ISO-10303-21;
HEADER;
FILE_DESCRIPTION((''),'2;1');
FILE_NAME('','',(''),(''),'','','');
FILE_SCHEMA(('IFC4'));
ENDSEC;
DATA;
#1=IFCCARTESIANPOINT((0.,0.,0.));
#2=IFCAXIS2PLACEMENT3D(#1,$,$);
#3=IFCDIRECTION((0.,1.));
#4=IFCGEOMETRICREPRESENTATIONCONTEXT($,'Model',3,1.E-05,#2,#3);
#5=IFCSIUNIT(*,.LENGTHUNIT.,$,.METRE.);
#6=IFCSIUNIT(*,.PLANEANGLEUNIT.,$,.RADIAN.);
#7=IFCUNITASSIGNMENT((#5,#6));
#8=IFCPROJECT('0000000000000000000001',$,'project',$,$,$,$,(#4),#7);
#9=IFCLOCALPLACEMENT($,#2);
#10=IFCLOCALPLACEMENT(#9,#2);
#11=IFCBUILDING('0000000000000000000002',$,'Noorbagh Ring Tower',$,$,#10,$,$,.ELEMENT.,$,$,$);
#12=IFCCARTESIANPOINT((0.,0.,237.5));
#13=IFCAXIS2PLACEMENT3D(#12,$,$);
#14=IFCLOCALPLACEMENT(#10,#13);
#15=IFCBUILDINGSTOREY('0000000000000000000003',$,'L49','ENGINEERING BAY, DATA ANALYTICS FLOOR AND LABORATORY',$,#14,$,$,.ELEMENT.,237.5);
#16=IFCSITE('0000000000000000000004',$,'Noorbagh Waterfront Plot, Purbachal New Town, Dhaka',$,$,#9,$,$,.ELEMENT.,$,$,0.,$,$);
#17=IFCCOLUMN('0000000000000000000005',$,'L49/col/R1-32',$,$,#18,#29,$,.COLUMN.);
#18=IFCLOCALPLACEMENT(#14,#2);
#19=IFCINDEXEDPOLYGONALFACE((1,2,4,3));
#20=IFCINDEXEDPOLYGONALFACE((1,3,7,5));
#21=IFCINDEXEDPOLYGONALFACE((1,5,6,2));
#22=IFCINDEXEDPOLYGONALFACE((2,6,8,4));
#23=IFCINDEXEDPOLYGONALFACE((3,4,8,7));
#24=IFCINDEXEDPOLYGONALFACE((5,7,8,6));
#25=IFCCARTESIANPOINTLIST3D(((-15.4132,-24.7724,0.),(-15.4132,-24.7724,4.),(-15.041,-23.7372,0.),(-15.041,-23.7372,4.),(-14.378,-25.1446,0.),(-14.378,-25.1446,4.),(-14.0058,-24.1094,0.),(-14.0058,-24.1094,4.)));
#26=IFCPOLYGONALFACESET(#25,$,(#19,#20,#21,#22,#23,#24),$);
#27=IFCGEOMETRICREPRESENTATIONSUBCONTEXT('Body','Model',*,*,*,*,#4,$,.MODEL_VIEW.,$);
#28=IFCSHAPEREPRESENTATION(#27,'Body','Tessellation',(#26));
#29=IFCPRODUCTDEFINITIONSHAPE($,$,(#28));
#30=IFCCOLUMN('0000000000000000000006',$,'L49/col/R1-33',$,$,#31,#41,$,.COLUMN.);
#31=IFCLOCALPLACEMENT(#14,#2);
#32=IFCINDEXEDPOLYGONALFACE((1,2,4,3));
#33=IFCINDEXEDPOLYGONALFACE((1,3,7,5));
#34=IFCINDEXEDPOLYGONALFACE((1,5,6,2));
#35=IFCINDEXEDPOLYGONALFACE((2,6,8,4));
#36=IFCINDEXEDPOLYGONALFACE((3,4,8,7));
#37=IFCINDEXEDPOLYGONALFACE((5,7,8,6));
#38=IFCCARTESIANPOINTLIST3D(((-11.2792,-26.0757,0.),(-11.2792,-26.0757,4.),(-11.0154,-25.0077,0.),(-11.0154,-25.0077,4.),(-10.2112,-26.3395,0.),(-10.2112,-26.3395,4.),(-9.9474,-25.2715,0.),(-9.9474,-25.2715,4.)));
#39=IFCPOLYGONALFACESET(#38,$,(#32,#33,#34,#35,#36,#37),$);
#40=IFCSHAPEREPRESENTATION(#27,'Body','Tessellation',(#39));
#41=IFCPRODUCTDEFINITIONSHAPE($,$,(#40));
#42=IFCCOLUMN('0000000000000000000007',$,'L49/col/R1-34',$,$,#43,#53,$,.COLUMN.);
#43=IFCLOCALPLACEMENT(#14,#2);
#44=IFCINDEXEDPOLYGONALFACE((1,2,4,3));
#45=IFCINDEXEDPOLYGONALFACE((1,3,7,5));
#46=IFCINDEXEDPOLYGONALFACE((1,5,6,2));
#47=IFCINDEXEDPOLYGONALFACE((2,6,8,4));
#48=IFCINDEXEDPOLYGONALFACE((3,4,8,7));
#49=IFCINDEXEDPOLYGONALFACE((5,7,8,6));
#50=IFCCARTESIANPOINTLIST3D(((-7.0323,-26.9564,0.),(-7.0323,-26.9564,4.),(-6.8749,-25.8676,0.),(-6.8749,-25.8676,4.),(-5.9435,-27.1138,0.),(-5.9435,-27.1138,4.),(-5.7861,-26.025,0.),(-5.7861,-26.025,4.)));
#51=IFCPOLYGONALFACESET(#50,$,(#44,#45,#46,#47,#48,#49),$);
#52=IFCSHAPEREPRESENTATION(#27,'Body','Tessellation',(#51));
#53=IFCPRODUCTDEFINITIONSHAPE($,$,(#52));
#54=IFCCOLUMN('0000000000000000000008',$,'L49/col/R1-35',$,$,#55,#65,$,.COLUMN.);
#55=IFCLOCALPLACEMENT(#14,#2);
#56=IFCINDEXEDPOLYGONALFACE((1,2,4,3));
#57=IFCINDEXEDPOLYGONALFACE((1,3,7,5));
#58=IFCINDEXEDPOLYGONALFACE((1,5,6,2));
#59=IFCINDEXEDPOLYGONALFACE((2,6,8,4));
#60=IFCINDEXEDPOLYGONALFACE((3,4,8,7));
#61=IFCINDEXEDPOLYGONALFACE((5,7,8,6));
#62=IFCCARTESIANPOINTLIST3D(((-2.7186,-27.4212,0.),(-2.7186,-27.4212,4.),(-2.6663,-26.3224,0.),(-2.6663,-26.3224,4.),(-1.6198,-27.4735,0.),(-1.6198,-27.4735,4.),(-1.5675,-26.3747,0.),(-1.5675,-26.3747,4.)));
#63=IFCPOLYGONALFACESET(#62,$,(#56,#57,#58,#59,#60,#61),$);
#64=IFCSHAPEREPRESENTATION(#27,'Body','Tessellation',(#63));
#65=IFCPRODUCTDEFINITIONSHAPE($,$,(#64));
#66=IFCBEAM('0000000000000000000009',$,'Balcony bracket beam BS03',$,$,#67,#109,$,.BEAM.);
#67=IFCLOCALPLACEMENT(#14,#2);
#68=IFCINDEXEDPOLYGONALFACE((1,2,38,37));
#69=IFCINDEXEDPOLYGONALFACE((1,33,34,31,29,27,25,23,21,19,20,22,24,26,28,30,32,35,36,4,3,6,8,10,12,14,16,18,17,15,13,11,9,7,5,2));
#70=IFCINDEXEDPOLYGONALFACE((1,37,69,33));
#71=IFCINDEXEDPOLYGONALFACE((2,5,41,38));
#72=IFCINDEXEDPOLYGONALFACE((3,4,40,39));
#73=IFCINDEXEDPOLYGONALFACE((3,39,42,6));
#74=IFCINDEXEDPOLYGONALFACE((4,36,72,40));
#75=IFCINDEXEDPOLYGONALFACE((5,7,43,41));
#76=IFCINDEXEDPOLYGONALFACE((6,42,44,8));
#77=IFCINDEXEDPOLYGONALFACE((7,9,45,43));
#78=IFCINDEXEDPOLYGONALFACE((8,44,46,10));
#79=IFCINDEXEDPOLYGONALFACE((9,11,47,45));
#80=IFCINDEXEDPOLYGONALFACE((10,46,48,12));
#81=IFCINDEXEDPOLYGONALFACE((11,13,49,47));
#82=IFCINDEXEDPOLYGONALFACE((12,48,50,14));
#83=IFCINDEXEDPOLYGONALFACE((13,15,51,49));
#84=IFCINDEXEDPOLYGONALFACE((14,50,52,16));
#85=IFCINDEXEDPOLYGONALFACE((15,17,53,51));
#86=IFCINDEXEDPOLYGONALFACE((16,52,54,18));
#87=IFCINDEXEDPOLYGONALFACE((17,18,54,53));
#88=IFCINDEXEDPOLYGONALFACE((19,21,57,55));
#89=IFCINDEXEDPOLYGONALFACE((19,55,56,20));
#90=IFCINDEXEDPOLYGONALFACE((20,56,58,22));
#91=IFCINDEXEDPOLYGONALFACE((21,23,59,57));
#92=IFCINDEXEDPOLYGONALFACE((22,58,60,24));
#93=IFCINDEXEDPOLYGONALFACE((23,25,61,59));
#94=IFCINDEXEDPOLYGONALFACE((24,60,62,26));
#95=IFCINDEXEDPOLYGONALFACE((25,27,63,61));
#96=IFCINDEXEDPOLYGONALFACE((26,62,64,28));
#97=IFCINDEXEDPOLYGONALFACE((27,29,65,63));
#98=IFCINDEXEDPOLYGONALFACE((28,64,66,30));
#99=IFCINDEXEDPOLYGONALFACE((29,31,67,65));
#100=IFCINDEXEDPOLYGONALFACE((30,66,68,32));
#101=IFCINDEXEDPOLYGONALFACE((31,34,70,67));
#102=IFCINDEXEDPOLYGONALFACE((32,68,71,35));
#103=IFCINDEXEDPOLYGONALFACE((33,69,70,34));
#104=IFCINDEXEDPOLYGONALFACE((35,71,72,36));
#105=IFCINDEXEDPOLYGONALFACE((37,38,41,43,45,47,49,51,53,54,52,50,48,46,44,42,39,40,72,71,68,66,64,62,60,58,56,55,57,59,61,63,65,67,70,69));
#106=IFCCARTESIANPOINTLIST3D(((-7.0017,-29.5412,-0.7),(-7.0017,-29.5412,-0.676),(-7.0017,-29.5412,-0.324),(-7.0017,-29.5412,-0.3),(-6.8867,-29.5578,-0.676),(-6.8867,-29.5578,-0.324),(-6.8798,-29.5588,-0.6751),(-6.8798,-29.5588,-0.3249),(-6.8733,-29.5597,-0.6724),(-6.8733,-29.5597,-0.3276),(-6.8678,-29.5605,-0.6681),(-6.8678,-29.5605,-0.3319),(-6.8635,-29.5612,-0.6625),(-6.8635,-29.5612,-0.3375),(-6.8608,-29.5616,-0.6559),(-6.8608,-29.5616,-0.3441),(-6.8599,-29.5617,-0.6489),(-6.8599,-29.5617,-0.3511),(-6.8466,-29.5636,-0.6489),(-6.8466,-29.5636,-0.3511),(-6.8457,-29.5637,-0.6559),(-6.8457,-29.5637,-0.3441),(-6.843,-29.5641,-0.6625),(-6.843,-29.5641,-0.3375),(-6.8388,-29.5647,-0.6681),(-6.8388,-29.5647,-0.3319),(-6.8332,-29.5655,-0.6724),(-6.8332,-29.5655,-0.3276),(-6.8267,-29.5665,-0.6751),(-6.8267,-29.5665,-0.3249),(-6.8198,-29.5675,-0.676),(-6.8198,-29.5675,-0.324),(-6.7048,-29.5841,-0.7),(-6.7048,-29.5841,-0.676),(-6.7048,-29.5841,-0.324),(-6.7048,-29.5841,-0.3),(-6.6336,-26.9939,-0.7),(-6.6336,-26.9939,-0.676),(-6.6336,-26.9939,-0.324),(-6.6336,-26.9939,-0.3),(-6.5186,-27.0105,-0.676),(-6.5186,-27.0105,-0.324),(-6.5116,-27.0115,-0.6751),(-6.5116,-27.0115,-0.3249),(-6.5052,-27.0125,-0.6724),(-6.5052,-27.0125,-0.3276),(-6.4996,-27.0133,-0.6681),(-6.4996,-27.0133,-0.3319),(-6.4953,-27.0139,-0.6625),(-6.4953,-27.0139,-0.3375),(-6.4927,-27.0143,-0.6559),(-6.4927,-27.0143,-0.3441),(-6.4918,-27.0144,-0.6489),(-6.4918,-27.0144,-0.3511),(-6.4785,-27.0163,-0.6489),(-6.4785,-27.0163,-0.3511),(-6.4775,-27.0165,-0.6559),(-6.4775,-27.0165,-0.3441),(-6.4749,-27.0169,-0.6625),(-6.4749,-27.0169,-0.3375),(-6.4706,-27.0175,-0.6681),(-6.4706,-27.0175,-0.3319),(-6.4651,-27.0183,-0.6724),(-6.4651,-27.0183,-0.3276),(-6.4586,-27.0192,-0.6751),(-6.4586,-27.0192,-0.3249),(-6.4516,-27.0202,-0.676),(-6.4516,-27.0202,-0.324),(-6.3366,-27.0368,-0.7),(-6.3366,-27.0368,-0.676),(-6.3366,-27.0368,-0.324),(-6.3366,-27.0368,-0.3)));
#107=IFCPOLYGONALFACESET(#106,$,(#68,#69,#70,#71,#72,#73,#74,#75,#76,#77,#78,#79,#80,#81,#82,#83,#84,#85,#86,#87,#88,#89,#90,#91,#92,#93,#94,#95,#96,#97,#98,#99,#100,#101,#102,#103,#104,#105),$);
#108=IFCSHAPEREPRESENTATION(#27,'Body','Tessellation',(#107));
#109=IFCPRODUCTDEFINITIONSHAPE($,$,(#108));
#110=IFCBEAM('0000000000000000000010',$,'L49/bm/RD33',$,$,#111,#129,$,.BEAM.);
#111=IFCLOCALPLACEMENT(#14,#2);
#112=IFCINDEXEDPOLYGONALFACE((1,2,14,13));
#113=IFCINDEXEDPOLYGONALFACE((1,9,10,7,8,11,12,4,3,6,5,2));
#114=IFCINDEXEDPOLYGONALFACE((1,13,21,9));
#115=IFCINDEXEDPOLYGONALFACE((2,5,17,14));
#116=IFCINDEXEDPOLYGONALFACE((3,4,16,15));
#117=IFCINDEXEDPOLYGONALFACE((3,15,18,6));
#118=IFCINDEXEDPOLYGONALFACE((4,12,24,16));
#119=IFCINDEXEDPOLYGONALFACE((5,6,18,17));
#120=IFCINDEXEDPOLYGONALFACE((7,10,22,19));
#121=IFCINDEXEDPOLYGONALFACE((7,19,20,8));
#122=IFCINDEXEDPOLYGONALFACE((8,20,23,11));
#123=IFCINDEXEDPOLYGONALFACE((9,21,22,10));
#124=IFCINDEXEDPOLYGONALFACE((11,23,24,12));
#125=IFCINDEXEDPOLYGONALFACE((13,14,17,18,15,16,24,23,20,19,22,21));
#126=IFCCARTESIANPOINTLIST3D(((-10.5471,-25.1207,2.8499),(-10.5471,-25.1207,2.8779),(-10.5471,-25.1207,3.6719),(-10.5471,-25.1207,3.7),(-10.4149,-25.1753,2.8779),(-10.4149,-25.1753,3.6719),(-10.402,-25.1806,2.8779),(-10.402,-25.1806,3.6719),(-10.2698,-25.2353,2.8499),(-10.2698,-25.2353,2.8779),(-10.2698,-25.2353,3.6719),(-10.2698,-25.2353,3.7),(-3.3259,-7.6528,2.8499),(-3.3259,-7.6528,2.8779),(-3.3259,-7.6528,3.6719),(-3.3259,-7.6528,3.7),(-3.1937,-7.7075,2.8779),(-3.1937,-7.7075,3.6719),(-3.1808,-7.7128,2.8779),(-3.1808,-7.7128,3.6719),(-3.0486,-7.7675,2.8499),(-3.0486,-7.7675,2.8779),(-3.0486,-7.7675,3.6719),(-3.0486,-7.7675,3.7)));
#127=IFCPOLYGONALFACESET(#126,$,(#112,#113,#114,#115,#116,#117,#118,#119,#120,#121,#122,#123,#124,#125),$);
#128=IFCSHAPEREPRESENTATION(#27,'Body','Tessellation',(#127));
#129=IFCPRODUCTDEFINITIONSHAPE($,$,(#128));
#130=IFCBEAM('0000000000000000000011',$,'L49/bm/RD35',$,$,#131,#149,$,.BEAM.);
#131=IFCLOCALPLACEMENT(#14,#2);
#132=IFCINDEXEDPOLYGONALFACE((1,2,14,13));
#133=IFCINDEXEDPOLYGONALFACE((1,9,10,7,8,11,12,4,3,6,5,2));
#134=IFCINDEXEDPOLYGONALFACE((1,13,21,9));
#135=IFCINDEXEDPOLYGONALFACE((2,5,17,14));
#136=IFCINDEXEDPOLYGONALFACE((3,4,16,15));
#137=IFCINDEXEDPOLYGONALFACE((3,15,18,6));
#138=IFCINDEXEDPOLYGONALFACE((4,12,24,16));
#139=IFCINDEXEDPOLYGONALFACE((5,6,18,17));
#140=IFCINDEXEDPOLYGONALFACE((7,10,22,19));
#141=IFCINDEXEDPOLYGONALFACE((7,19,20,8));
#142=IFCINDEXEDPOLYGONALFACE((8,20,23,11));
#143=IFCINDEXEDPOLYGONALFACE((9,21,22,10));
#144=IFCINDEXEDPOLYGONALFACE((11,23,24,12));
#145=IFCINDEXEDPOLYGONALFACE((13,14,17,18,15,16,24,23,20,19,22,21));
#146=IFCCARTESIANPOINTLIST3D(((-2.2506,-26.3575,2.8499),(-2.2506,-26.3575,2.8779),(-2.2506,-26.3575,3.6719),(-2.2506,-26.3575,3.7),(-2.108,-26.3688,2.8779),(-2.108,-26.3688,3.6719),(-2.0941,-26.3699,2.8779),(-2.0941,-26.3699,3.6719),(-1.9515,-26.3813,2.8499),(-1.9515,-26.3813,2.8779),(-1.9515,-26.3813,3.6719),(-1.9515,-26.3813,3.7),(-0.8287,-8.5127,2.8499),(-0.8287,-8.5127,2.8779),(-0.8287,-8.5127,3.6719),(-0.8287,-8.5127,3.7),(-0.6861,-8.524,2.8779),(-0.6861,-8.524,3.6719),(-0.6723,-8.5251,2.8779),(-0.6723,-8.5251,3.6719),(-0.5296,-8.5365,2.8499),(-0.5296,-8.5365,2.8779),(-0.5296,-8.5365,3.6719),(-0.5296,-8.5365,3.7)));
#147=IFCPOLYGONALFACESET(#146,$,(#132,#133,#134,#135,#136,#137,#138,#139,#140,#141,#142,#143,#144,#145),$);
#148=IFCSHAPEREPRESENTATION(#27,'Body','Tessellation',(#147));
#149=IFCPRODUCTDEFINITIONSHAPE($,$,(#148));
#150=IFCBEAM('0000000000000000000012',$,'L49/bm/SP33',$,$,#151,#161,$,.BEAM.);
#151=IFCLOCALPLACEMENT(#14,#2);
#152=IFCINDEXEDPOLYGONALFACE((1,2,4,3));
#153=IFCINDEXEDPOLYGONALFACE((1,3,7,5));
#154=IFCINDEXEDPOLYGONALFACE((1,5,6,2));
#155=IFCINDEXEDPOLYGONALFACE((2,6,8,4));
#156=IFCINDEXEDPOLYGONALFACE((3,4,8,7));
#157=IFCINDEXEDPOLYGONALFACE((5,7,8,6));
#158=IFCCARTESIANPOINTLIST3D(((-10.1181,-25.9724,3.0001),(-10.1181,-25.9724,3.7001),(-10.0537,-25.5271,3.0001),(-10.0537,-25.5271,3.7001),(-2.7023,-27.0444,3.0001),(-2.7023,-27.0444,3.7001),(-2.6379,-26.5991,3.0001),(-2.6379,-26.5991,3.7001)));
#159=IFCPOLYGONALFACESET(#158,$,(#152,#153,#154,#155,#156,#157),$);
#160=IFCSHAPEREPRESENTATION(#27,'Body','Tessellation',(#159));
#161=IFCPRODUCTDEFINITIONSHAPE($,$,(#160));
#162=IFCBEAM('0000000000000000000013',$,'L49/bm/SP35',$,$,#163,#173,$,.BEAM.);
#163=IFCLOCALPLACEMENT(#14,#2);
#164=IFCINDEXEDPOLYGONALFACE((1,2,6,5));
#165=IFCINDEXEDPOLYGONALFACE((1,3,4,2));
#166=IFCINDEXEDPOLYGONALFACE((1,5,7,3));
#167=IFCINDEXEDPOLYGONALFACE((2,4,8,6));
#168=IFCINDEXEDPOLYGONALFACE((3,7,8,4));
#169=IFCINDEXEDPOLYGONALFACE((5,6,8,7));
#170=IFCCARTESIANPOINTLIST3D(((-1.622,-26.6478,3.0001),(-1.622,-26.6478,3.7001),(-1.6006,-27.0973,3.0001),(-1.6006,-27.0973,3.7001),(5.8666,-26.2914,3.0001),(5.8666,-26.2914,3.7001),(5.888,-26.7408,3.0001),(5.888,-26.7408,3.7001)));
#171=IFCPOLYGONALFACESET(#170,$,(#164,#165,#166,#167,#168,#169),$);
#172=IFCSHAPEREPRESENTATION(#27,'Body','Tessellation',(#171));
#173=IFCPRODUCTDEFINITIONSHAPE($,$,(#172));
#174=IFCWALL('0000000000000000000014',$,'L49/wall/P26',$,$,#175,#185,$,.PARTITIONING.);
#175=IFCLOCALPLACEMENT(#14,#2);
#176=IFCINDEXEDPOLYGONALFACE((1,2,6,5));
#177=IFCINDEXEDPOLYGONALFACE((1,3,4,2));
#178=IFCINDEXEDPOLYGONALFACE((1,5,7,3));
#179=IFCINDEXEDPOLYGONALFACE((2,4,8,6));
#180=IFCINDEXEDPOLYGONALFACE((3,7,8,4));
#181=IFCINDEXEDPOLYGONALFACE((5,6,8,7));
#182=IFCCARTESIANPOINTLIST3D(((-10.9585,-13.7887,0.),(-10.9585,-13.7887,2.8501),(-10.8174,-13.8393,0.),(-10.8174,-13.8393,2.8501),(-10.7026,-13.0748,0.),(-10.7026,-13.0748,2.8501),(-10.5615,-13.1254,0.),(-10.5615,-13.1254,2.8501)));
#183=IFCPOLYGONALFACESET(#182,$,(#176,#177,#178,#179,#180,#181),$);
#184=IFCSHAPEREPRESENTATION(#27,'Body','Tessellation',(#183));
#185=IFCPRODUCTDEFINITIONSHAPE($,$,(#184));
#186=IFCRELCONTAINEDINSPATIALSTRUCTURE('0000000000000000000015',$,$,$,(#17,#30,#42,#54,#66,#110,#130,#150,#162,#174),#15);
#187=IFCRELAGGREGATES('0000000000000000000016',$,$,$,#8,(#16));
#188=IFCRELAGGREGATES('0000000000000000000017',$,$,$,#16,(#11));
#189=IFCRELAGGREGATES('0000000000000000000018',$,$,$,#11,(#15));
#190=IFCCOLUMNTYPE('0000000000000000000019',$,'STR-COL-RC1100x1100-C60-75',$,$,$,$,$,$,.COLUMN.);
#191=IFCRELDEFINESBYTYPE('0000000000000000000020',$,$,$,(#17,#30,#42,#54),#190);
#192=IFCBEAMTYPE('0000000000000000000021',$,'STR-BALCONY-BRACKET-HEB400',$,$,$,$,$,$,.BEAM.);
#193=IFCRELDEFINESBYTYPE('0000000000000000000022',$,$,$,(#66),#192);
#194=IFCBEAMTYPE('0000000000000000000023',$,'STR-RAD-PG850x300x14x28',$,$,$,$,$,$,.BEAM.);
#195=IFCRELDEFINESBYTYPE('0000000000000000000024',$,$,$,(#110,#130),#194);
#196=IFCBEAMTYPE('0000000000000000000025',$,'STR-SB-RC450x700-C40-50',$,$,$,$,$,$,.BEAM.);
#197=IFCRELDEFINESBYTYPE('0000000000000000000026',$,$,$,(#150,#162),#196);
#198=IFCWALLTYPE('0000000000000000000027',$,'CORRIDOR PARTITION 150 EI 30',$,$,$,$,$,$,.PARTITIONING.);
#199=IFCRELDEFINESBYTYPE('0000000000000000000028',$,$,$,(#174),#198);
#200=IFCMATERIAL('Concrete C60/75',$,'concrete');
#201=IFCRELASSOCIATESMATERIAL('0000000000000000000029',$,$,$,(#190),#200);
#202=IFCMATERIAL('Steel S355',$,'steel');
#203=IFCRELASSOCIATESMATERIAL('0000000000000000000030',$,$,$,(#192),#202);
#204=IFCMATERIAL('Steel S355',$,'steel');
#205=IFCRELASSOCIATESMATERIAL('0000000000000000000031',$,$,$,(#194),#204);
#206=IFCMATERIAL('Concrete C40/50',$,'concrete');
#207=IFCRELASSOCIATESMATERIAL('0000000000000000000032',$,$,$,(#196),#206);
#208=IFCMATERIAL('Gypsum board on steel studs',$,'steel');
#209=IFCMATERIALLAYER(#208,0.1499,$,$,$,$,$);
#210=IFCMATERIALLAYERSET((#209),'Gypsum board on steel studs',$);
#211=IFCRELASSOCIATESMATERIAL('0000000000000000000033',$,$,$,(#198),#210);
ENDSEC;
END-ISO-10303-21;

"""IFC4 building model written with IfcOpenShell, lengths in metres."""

from ifc_helpers import new_model, si_unit, direction, frame, frame_2d, origin, origin_2d, place, context, subcontext, project, spatial, rectangle, i_section, extrude, material, layer, layer_set, material_profile, profile_set, type_object, element, save


model = new_model("IFC4")

# Units and contexts
model_context = context("Model", 3, precision=1e-05, world=origin(), true_north=direction((0.0, 1.0)))
body_context = subcontext(model_context, "Body", "Model", "MODEL_VIEW")
ifc_project = project(units=[si_unit("LENGTHUNIT", "METRE"), si_unit("PLANEANGLEUNIT", "RADIAN")], contexts=[model_context])

# Site, building, storey
site_placement = place(None, origin())
site = spatial("IfcSite", under=ifc_project, at=site_placement, Name="Noorbagh Waterfront Plot, Purbachal New Town, Dhaka", CompositionType="ELEMENT", RefElevation=0.0)
building_placement = place(site_placement, origin())
building = spatial("IfcBuilding", under=site, at=building_placement, Name="Noorbagh Ring Tower", CompositionType="ELEMENT")
storey_placement = place(building_placement, frame((0.0, 0.0, 237.5)))
storey = spatial("IfcBuildingStorey", under=building, at=storey_placement, Name="L49", Description="ENGINEERING BAY, DATA ANALYTICS FLOOR AND LABORATORY", CompositionType="ELEMENT", Elevation=237.5)

# Columns
ifc_material_1 = material(Name="Concrete C60/75", Category="concrete")
ifc_material_profile_1 = material_profile(ifc_material_1, rectangle(XDim=1.1001, YDim=1.1001, at=origin_2d()), Name="RC1100x1100")
ifc_profile_set_1 = profile_set([ifc_material_profile_1], Name="Concrete C60/75")
column_type = type_object("IfcColumnType", Name="STR-COL-RC1100x1100-C60-75", PredefinedType="COLUMN", material=ifc_profile_set_1)
for number, where, z_axis, x_axis, name in (
    (1, (-14.7095, -24.4409, 0.0), (0.0, 0.0, 1.0), (0.941025, -0.338338, 0.0), "L49/col/R1-32"),
    (2, (-10.6133, -25.6736, 0.0), (0.0, 0.0, 1.0), (0.970829, -0.239771, 0.0), "L49/col/R1-33"),
    (3, (-6.4092, -26.4907, 0.0), (0.0, 0.0, 1.0), (0.989713, -0.143066, 0.0), "L49/col/R1-34"),
    (4, (-2.1431, -26.8979, 0.0), (0.0, 0.0, 1.0), (0.998869, -0.047553, 0.0), "L49/col/R1-35"),
):
    element("IfcColumn", number, at=place(storey_placement, frame(where, z_axis=z_axis, x_axis=x_axis)), inside=storey, type_object=column_type, Name=name, PredefinedType="COLUMN", context=body_context, shape_type="SweptSolid", body=[
        extrude(rectangle(XDim=1.1001, YDim=1.1001, at=origin_2d()), origin(), (0.0, 0.0, 1.0), 4.0),
    ])

# Beams
ifc_material_2 = material(Name="Steel S355", Category="steel")
ifc_material_profile_2 = material_profile(ifc_material_2, i_section(OverallWidth=0.3, OverallDepth=0.3999, WebThickness=0.0134, FlangeThickness=0.0239, FilletRadius=0.0271, at=origin_2d()), Name="HEB400")
ifc_profile_set_2 = profile_set([ifc_material_profile_2], Name="Steel S355")
beam_type_1 = type_object("IfcBeamType", Name="STR-BALCONY-BRACKET-HEB400", PredefinedType="BEAM", material=ifc_profile_set_2)
beam_1_placement = place(storey_placement, frame((-6.4851, -27.0154, -0.5), z_axis=(-0.143041, -0.989717, 0.0), x_axis=(0.989717, -0.143041, 0.0)))
element("IfcBeam", 5, at=beam_1_placement, inside=storey, type_object=beam_type_1, Name="Balcony bracket beam BS03", PredefinedType="BEAM", context=body_context, shape_type="SweptSolid", body=[
    extrude(i_section(OverallWidth=0.3, OverallDepth=0.3999, WebThickness=0.0134, FlangeThickness=0.0239, FilletRadius=0.0271, at=origin_2d()), origin(), (0.0, 0.0, 1.0), 2.5737),
])
ifc_material_3 = material(Name="Steel S355", Category="steel")
ifc_material_profile_3 = material_profile(ifc_material_3, i_section(OverallWidth=0.3, OverallDepth=0.8501, WebThickness=0.0139, FlangeThickness=0.0281, at=origin_2d()), Name="PG850x300x14x28")
ifc_profile_set_3 = profile_set([ifc_material_profile_3], Name="Steel S355")
beam_type_2 = type_object("IfcBeamType", Name="STR-RAD-PG850x300x14x28", PredefinedType="BEAM", material=ifc_profile_set_3)
beam_2_placement = place(storey_placement, frame((-10.4084, -25.178, 3.2749), z_axis=(0.382042, 0.924145, 0.0), x_axis=(-0.924145, 0.382042, 0.0)))
element("IfcBeam", 6, at=beam_2_placement, inside=storey, type_object=beam_type_2, Name="L49/bm/RD33", PredefinedType="BEAM", context=body_context, shape_type="SweptSolid", body=[
    extrude(i_section(OverallWidth=0.3, OverallDepth=0.8501, WebThickness=0.0139, FlangeThickness=0.0281, at=origin_2d()), origin(), (0.0, 0.0, 1.0), 18.9016),
])
beam_3_placement = place(storey_placement, frame((-2.1011, -26.3694, 3.2749), z_axis=(0.079429, 0.996841, 0.0), x_axis=(-0.996841, 0.079429, 0.0)))
element("IfcBeam", 7, at=beam_3_placement, inside=storey, type_object=beam_type_2, Name="L49/bm/RD35", PredefinedType="BEAM", context=body_context, shape_type="SweptSolid", body=[
    extrude(i_section(OverallWidth=0.3, OverallDepth=0.8501, WebThickness=0.0139, FlangeThickness=0.0281, at=origin_2d()), origin(), (0.0, 0.0, 1.0), 17.9014),
])
ifc_material_4 = material(Name="Concrete C40/50", Category="concrete")
ifc_material_profile_4 = material_profile(ifc_material_4, rectangle(XDim=0.45, YDim=0.7, at=origin_2d()), Name="RC450x700")
ifc_profile_set_4 = profile_set([ifc_material_profile_4], Name="Concrete C40/50")
beam_type_3 = type_object("IfcBeamType", Name="STR-SB-RC450x700-C40-50", PredefinedType="BEAM", material=ifc_profile_set_4)
beam_4_placement = place(storey_placement, frame((-10.0859, -25.7498, 3.3501), z_axis=(0.989712, -0.143072, 0.0), x_axis=(0.143072, 0.989712, 0.0)))
element("IfcBeam", 8, at=beam_4_placement, inside=storey, type_object=beam_type_3, Name="L49/bm/SP33", PredefinedType="BEAM", context=body_context, shape_type="SweptSolid", body=[
    extrude(rectangle(XDim=0.45, YDim=0.7, at=origin_2d()), origin(), (0.0, 0.0, 1.0), 7.4929),
])
beam_5_placement = place(storey_placement, frame((-1.6113, -26.8726, 3.3501), z_axis=(0.998869, 0.047545, 0.0), x_axis=(-0.047545, 0.998869, 0.0)))
element("IfcBeam", 9, at=beam_5_placement, inside=storey, type_object=beam_type_3, Name="L49/bm/SP35", PredefinedType="BEAM", context=body_context, shape_type="SweptSolid", body=[
    extrude(rectangle(XDim=0.45, YDim=0.7, at=origin_2d()), origin(), (0.0, 0.0, 1.0), 7.4971),
])

# Wall
ifc_material_5 = material(Name="Gypsum board on steel studs", Category="steel")
ifc_layer_1 = layer(ifc_material_5, 0.1499)
ifc_layer_set_1 = layer_set([ifc_layer_1], Name="Gypsum board on steel studs")
wall_type_1 = type_object("IfcWallType", Name="CORRIDOR PARTITION 150 EI 30", PredefinedType="PARTITIONING", material=ifc_layer_set_1)
wall_1_placement = place(storey_placement, frame((-10.8879, -13.814, 0.0), z_axis=(0.0, 0.0, 1.0), x_axis=(0.337397, 0.941363, 0.0)))
element("IfcWall", 10, at=wall_1_placement, inside=storey, type_object=wall_type_1, Name="L49/wall/P26", PredefinedType="PARTITIONING", context=body_context, shape_type="SweptSolid", body=[
    extrude(rectangle(XDim=0.7583, YDim=0.1499, at=frame_2d((0.3792, 0.0))), origin(), (0.0, 0.0, 1.0), 2.8501),
])

save(model, "model.ifc")
